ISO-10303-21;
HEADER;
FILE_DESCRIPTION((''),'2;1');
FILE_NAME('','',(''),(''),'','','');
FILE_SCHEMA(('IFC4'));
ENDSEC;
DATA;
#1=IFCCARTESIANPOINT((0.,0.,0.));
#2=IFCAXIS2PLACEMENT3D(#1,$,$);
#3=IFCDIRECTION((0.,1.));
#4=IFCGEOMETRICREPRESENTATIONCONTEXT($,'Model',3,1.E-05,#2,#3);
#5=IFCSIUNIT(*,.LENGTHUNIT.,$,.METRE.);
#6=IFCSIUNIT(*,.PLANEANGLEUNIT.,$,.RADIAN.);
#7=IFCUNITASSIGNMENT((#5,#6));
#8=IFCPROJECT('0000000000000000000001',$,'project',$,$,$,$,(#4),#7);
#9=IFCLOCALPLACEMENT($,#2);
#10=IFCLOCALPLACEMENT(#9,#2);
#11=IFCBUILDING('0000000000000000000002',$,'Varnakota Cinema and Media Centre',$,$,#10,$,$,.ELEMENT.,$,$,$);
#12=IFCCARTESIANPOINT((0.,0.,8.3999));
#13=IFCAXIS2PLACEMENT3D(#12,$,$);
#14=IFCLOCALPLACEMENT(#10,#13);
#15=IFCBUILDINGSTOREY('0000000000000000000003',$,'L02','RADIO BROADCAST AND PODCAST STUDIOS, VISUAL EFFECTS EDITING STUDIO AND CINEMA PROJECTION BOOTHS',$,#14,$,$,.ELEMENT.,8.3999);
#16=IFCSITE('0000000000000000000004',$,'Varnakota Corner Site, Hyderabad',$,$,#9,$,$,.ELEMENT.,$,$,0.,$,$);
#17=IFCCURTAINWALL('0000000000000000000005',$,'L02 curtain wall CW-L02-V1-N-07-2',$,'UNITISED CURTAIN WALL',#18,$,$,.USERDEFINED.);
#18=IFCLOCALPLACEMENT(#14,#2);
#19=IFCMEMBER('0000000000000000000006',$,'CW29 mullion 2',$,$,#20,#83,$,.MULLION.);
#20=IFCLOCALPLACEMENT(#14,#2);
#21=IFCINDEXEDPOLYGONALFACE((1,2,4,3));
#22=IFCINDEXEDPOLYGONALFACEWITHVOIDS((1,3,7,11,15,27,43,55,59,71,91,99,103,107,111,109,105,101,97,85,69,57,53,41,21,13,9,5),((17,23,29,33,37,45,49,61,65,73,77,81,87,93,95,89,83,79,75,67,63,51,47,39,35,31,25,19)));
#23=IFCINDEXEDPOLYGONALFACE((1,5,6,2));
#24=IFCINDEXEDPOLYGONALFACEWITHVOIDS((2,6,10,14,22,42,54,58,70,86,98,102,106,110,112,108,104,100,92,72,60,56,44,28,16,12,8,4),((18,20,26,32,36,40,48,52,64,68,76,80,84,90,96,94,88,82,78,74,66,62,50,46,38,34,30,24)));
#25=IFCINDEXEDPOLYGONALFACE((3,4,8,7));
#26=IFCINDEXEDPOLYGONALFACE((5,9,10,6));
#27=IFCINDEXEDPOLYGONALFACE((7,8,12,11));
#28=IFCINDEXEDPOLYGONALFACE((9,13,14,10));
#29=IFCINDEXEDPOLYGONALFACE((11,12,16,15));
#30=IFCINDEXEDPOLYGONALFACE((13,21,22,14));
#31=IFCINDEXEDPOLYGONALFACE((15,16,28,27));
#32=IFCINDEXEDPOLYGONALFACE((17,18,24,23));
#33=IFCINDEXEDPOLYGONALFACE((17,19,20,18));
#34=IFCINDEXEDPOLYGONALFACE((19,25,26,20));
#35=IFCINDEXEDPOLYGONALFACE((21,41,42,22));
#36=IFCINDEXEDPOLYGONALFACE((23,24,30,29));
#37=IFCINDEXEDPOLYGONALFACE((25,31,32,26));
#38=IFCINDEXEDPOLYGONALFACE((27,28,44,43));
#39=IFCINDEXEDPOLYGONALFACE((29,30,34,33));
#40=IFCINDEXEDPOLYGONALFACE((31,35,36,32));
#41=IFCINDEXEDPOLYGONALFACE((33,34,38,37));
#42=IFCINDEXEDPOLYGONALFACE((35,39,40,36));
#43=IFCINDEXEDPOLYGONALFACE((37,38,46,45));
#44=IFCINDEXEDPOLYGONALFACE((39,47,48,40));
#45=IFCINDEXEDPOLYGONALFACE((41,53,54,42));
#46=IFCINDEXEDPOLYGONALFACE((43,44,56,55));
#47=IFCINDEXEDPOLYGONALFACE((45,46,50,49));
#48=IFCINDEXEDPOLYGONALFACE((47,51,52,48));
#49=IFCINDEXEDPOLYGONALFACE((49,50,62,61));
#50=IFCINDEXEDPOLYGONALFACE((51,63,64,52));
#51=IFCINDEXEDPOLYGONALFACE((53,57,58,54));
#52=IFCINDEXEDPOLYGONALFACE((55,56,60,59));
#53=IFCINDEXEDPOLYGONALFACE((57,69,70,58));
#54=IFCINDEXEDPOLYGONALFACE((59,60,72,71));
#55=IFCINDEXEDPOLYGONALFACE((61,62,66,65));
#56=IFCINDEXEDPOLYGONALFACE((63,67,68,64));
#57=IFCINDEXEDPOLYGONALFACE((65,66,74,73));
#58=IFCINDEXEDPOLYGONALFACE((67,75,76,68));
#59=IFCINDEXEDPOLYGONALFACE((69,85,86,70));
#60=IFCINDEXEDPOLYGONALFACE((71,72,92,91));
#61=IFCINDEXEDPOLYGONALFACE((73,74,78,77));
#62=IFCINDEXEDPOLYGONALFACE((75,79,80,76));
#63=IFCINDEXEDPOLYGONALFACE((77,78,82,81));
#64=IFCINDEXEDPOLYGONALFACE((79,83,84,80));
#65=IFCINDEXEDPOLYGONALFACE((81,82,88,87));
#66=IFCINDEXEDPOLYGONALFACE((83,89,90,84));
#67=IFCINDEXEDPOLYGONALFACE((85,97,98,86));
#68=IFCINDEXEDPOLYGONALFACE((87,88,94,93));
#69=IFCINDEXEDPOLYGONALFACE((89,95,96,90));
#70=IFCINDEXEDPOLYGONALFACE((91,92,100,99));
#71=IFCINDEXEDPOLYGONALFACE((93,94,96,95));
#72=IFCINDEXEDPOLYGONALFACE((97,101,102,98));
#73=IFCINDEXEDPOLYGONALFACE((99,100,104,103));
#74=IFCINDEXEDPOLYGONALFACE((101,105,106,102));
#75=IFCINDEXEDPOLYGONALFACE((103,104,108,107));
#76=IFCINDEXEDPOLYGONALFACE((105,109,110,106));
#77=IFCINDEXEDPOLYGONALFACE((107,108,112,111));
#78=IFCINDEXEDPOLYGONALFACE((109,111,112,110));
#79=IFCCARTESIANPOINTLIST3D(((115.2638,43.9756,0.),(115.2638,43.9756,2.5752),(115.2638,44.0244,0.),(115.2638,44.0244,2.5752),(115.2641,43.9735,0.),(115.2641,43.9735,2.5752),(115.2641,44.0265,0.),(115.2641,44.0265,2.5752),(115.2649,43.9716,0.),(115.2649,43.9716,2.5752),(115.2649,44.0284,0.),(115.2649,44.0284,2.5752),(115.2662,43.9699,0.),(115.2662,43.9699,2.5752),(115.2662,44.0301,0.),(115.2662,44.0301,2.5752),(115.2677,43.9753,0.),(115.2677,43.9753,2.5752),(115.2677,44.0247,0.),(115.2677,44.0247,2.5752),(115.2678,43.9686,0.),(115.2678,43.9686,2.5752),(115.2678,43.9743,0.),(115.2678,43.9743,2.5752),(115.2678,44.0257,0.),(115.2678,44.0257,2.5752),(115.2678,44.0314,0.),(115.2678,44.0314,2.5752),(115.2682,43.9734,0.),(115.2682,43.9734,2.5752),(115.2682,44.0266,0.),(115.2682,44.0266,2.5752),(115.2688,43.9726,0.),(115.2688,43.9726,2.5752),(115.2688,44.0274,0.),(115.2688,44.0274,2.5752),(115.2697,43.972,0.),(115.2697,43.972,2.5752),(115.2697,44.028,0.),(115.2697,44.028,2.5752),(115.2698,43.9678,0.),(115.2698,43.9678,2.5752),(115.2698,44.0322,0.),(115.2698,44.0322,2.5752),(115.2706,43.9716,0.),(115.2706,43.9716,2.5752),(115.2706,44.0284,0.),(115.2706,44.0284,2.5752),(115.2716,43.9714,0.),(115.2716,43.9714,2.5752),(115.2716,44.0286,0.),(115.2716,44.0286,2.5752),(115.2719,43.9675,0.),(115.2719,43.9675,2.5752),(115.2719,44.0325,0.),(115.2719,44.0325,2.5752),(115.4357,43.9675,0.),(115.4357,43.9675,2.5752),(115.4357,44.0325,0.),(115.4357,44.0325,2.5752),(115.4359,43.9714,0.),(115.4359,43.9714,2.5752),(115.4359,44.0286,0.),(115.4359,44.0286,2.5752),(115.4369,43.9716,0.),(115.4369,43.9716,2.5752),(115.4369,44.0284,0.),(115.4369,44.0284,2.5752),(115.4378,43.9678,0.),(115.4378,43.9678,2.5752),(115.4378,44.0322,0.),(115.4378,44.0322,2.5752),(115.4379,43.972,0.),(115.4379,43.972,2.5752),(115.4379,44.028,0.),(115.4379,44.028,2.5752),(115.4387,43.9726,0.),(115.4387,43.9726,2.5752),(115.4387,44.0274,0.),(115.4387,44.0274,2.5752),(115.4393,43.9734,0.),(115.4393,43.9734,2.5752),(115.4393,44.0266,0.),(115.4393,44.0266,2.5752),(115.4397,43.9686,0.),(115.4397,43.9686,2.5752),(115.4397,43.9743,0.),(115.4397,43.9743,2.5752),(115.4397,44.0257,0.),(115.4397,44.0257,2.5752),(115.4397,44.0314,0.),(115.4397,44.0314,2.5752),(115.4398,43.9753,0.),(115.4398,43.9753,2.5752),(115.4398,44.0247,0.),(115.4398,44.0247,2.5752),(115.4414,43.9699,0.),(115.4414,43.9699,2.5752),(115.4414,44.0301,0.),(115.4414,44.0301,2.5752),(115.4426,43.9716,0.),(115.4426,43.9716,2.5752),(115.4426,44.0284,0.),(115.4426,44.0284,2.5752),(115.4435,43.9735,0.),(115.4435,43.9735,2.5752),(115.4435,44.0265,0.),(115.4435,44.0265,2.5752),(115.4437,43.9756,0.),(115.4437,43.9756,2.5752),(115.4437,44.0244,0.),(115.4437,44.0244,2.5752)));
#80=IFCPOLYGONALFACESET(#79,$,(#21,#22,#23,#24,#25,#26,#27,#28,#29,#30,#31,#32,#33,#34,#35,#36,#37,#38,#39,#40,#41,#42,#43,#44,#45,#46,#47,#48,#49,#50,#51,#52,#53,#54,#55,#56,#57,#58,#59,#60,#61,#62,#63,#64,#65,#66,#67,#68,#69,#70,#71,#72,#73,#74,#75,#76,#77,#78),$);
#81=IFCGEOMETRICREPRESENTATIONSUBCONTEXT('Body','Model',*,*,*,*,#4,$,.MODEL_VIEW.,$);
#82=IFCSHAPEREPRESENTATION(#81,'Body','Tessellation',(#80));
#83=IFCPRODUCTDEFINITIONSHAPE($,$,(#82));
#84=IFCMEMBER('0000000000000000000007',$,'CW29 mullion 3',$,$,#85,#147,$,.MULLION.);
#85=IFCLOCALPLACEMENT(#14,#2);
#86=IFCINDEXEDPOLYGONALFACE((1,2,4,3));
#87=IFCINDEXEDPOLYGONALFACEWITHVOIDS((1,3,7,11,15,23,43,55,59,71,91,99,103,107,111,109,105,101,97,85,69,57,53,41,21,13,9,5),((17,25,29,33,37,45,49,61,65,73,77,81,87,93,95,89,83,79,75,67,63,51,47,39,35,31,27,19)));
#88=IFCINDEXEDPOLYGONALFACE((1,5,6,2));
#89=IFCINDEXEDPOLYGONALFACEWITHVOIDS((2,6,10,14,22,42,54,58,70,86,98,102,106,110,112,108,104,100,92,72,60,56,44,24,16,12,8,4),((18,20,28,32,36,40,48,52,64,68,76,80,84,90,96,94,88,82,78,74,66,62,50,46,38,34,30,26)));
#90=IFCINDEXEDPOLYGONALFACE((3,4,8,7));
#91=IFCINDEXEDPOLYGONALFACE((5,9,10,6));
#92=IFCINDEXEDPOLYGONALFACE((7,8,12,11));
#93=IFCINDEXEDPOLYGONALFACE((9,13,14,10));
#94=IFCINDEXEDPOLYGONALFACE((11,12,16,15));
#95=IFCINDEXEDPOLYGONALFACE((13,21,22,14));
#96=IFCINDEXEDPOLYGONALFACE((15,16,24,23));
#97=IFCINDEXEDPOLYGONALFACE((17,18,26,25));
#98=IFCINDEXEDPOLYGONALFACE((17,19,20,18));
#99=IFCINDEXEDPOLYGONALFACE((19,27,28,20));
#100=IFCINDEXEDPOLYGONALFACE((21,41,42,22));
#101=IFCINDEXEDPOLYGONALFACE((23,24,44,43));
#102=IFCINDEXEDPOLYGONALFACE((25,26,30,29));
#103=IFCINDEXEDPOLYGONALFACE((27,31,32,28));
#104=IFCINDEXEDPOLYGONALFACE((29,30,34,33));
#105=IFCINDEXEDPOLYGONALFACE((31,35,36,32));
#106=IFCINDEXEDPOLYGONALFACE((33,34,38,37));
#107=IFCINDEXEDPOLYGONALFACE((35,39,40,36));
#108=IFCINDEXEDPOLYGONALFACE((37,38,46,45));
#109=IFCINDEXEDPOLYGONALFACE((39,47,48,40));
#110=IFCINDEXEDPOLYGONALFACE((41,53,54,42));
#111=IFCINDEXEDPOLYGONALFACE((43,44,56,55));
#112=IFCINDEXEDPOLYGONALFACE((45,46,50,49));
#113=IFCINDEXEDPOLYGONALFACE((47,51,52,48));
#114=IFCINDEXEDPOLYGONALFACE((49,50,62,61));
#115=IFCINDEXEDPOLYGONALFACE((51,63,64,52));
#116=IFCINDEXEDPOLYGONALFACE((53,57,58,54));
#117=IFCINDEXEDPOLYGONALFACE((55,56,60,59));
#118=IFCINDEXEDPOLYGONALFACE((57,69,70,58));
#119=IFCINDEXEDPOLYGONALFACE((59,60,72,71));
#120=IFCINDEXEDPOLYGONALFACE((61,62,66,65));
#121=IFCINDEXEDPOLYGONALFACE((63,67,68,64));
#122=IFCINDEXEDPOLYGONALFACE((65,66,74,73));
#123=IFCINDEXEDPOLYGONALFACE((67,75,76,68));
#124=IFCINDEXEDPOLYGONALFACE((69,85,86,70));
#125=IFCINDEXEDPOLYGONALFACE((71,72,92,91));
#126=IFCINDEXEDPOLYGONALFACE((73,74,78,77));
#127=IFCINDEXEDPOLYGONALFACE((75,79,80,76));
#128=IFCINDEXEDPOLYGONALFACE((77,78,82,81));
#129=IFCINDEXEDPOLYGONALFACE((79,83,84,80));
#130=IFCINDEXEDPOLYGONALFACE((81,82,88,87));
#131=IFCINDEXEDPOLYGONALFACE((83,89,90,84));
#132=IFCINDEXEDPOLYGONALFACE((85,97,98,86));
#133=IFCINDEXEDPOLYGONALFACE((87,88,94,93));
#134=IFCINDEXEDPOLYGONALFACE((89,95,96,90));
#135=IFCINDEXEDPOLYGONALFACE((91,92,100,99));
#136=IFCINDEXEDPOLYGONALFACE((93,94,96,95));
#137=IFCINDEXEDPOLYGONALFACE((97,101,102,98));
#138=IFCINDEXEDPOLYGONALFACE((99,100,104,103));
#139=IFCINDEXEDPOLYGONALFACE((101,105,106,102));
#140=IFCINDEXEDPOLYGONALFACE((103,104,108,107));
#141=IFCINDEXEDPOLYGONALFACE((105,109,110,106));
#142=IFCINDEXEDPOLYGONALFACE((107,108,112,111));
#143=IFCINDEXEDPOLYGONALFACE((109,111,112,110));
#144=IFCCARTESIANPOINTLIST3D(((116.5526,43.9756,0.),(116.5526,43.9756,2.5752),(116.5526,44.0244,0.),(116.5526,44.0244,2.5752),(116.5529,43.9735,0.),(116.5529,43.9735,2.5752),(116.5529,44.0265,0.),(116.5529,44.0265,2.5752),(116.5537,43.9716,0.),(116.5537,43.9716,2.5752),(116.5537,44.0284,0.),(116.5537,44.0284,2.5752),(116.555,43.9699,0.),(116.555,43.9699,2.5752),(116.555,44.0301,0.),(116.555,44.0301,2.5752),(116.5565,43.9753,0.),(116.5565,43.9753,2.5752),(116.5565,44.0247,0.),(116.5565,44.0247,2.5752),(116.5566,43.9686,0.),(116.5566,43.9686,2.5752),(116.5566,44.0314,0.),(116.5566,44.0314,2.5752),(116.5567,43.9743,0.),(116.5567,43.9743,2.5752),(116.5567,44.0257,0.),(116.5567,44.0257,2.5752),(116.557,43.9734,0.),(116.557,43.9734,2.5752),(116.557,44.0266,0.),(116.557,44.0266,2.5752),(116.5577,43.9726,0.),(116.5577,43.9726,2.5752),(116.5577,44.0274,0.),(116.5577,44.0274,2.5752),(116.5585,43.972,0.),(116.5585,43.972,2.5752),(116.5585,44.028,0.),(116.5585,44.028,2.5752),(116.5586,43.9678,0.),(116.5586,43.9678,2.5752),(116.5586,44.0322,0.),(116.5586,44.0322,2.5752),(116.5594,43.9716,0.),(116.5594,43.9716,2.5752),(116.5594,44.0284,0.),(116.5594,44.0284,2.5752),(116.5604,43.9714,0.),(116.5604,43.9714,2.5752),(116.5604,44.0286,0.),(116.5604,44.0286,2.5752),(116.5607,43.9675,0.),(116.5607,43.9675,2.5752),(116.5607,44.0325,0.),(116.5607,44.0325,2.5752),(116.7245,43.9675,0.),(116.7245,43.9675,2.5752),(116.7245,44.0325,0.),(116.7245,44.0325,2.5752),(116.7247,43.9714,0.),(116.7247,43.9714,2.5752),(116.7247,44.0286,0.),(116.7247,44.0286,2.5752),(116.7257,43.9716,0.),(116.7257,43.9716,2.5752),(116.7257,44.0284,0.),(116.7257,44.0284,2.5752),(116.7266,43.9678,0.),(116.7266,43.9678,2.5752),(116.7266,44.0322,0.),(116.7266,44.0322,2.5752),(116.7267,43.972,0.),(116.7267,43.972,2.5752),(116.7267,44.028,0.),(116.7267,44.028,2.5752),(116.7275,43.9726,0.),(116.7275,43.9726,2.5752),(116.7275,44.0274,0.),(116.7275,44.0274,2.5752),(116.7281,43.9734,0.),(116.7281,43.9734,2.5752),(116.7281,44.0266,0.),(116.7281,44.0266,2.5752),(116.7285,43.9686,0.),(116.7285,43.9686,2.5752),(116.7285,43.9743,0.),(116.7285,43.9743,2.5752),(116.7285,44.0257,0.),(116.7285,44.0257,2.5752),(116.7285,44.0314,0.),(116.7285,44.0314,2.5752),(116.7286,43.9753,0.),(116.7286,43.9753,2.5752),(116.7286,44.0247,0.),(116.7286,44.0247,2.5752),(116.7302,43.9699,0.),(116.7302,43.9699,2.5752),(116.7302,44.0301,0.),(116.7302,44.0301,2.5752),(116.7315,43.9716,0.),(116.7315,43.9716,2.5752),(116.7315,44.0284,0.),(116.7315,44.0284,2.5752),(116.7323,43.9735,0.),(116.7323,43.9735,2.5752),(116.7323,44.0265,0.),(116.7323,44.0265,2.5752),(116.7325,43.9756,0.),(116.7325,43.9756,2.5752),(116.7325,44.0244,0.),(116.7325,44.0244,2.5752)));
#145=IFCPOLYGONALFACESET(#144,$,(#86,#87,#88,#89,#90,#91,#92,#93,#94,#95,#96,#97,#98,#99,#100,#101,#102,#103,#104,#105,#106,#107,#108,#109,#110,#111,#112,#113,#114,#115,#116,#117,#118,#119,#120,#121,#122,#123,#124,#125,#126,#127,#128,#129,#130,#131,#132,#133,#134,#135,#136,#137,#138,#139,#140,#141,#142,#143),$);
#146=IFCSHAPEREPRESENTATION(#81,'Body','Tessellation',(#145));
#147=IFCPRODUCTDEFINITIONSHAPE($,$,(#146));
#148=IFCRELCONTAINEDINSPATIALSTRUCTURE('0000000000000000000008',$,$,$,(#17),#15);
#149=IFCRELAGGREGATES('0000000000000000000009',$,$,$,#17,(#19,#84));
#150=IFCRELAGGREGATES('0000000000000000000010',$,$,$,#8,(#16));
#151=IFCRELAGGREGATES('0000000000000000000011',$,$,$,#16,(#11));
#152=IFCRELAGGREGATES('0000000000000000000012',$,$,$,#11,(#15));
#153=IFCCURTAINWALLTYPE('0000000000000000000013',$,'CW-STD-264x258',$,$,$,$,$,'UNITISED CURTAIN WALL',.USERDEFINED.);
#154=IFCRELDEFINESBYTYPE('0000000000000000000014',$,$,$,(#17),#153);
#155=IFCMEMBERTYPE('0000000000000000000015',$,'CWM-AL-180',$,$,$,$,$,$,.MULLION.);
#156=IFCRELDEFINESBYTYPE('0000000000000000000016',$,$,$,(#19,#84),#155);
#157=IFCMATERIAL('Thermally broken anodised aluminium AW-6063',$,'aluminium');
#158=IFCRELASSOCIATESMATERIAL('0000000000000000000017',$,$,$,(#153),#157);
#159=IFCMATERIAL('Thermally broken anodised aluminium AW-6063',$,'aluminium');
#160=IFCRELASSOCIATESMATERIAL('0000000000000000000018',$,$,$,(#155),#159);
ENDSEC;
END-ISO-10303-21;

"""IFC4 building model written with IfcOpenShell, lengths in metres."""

from ifc_helpers import new_model, si_unit, direction, frame, origin, origin_2d, place, context, subcontext, project, spatial, hollow_rectangle, extrude, material, material_profile, profile_set, type_object, element, aggregate, save


model = new_model("IFC4")

# Units and contexts
model_context = context("Model", 3, precision=1e-05, world=origin(), true_north=direction((0.0, 1.0)))
body_context = subcontext(model_context, "Body", "Model", "MODEL_VIEW")
ifc_project = project(units=[si_unit("LENGTHUNIT", "METRE"), si_unit("PLANEANGLEUNIT", "RADIAN")], contexts=[model_context])

# Site, building, storey
site_placement = place(None, origin())
site = spatial("IfcSite", under=ifc_project, at=site_placement, Name="Varnakota Corner Site, Hyderabad", CompositionType="ELEMENT", RefElevation=0.0)
building_placement = place(site_placement, origin())
building = spatial("IfcBuilding", under=site, at=building_placement, Name="Varnakota Cinema and Media Centre", CompositionType="ELEMENT")
storey_placement = place(building_placement, frame((0.0, 0.0, 8.3999)))
storey = spatial("IfcBuildingStorey", under=building, at=storey_placement, Name="L02", Description="RADIO BROADCAST AND PODCAST STUDIOS, VISUAL EFFECTS EDITING STUDIO AND CINEMA PROJECTION BOOTHS", CompositionType="ELEMENT", Elevation=8.3999)

# Shared definitions
ifc_material_1 = material(Name="Thermally broken anodised aluminium AW-6063", Category="aluminium")
curtain_wall_type = type_object("IfcCurtainWallType", Name="CW-STD-264x258", ElementType="UNITISED CURTAIN WALL", PredefinedType="USERDEFINED", material=ifc_material_1)
ifc_material_2 = material(Name="Thermally broken anodised aluminium AW-6063", Category="aluminium")
ifc_material_profile_1 = material_profile(ifc_material_2, hollow_rectangle(XDim=0.0649, YDim=0.1799, WallThickness=0.0039, InnerFilletRadius=0.0039, OuterFilletRadius=0.0081, at=origin_2d()), Name="AL-MULLION 180x65x4")
ifc_profile_set_1 = profile_set([ifc_material_profile_1], Name="Thermally broken anodised aluminium AW-6063")
member_type_1 = type_object("IfcMemberType", Name="CWM-AL-180", PredefinedType="MULLION", material=ifc_profile_set_1)

# Curtain wall, members
curtain_wall_1_placement = place(storey_placement, origin())
curtain_wall_1 = element("IfcCurtainWall", 1, at=curtain_wall_1_placement, inside=storey, type_object=curtain_wall_type, Name="L02 curtain wall CW-L02-V1-N-07-2", ObjectType="UNITISED CURTAIN WALL", PredefinedType="USERDEFINED")
member_1_placement = place(storey_placement, frame((115.3538, 44.0, 0.0), z_axis=(0.0, 0.0, 1.0), x_axis=(0.0, 1.0, 0.0)))
member_1 = element("IfcMember", 2, at=member_1_placement, type_object=member_type_1, Name="CW29 mullion 2", PredefinedType="MULLION", context=body_context, shape_type="SweptSolid", body=[
    extrude(hollow_rectangle(XDim=0.0649, YDim=0.1799, WallThickness=0.0039, InnerFilletRadius=0.0039, OuterFilletRadius=0.0081, at=origin_2d()), origin(), (0.0, 0.0, 1.0), 2.5752),
])
member_2_placement = place(storey_placement, frame((116.6426, 44.0, 0.0), z_axis=(0.0, 0.0, 1.0), x_axis=(0.0, 1.0, 0.0)))
member_2 = element("IfcMember", 3, at=member_2_placement, type_object=member_type_1, Name="CW29 mullion 3", PredefinedType="MULLION", context=body_context, shape_type="SweptSolid", body=[
    extrude(hollow_rectangle(XDim=0.0649, YDim=0.1799, WallThickness=0.0039, InnerFilletRadius=0.0039, OuterFilletRadius=0.0081, at=origin_2d()), origin(), (0.0, 0.0, 1.0), 2.5752),
])

aggregate(curtain_wall_1, [member_1, member_2])

save(model, "model.ifc")
